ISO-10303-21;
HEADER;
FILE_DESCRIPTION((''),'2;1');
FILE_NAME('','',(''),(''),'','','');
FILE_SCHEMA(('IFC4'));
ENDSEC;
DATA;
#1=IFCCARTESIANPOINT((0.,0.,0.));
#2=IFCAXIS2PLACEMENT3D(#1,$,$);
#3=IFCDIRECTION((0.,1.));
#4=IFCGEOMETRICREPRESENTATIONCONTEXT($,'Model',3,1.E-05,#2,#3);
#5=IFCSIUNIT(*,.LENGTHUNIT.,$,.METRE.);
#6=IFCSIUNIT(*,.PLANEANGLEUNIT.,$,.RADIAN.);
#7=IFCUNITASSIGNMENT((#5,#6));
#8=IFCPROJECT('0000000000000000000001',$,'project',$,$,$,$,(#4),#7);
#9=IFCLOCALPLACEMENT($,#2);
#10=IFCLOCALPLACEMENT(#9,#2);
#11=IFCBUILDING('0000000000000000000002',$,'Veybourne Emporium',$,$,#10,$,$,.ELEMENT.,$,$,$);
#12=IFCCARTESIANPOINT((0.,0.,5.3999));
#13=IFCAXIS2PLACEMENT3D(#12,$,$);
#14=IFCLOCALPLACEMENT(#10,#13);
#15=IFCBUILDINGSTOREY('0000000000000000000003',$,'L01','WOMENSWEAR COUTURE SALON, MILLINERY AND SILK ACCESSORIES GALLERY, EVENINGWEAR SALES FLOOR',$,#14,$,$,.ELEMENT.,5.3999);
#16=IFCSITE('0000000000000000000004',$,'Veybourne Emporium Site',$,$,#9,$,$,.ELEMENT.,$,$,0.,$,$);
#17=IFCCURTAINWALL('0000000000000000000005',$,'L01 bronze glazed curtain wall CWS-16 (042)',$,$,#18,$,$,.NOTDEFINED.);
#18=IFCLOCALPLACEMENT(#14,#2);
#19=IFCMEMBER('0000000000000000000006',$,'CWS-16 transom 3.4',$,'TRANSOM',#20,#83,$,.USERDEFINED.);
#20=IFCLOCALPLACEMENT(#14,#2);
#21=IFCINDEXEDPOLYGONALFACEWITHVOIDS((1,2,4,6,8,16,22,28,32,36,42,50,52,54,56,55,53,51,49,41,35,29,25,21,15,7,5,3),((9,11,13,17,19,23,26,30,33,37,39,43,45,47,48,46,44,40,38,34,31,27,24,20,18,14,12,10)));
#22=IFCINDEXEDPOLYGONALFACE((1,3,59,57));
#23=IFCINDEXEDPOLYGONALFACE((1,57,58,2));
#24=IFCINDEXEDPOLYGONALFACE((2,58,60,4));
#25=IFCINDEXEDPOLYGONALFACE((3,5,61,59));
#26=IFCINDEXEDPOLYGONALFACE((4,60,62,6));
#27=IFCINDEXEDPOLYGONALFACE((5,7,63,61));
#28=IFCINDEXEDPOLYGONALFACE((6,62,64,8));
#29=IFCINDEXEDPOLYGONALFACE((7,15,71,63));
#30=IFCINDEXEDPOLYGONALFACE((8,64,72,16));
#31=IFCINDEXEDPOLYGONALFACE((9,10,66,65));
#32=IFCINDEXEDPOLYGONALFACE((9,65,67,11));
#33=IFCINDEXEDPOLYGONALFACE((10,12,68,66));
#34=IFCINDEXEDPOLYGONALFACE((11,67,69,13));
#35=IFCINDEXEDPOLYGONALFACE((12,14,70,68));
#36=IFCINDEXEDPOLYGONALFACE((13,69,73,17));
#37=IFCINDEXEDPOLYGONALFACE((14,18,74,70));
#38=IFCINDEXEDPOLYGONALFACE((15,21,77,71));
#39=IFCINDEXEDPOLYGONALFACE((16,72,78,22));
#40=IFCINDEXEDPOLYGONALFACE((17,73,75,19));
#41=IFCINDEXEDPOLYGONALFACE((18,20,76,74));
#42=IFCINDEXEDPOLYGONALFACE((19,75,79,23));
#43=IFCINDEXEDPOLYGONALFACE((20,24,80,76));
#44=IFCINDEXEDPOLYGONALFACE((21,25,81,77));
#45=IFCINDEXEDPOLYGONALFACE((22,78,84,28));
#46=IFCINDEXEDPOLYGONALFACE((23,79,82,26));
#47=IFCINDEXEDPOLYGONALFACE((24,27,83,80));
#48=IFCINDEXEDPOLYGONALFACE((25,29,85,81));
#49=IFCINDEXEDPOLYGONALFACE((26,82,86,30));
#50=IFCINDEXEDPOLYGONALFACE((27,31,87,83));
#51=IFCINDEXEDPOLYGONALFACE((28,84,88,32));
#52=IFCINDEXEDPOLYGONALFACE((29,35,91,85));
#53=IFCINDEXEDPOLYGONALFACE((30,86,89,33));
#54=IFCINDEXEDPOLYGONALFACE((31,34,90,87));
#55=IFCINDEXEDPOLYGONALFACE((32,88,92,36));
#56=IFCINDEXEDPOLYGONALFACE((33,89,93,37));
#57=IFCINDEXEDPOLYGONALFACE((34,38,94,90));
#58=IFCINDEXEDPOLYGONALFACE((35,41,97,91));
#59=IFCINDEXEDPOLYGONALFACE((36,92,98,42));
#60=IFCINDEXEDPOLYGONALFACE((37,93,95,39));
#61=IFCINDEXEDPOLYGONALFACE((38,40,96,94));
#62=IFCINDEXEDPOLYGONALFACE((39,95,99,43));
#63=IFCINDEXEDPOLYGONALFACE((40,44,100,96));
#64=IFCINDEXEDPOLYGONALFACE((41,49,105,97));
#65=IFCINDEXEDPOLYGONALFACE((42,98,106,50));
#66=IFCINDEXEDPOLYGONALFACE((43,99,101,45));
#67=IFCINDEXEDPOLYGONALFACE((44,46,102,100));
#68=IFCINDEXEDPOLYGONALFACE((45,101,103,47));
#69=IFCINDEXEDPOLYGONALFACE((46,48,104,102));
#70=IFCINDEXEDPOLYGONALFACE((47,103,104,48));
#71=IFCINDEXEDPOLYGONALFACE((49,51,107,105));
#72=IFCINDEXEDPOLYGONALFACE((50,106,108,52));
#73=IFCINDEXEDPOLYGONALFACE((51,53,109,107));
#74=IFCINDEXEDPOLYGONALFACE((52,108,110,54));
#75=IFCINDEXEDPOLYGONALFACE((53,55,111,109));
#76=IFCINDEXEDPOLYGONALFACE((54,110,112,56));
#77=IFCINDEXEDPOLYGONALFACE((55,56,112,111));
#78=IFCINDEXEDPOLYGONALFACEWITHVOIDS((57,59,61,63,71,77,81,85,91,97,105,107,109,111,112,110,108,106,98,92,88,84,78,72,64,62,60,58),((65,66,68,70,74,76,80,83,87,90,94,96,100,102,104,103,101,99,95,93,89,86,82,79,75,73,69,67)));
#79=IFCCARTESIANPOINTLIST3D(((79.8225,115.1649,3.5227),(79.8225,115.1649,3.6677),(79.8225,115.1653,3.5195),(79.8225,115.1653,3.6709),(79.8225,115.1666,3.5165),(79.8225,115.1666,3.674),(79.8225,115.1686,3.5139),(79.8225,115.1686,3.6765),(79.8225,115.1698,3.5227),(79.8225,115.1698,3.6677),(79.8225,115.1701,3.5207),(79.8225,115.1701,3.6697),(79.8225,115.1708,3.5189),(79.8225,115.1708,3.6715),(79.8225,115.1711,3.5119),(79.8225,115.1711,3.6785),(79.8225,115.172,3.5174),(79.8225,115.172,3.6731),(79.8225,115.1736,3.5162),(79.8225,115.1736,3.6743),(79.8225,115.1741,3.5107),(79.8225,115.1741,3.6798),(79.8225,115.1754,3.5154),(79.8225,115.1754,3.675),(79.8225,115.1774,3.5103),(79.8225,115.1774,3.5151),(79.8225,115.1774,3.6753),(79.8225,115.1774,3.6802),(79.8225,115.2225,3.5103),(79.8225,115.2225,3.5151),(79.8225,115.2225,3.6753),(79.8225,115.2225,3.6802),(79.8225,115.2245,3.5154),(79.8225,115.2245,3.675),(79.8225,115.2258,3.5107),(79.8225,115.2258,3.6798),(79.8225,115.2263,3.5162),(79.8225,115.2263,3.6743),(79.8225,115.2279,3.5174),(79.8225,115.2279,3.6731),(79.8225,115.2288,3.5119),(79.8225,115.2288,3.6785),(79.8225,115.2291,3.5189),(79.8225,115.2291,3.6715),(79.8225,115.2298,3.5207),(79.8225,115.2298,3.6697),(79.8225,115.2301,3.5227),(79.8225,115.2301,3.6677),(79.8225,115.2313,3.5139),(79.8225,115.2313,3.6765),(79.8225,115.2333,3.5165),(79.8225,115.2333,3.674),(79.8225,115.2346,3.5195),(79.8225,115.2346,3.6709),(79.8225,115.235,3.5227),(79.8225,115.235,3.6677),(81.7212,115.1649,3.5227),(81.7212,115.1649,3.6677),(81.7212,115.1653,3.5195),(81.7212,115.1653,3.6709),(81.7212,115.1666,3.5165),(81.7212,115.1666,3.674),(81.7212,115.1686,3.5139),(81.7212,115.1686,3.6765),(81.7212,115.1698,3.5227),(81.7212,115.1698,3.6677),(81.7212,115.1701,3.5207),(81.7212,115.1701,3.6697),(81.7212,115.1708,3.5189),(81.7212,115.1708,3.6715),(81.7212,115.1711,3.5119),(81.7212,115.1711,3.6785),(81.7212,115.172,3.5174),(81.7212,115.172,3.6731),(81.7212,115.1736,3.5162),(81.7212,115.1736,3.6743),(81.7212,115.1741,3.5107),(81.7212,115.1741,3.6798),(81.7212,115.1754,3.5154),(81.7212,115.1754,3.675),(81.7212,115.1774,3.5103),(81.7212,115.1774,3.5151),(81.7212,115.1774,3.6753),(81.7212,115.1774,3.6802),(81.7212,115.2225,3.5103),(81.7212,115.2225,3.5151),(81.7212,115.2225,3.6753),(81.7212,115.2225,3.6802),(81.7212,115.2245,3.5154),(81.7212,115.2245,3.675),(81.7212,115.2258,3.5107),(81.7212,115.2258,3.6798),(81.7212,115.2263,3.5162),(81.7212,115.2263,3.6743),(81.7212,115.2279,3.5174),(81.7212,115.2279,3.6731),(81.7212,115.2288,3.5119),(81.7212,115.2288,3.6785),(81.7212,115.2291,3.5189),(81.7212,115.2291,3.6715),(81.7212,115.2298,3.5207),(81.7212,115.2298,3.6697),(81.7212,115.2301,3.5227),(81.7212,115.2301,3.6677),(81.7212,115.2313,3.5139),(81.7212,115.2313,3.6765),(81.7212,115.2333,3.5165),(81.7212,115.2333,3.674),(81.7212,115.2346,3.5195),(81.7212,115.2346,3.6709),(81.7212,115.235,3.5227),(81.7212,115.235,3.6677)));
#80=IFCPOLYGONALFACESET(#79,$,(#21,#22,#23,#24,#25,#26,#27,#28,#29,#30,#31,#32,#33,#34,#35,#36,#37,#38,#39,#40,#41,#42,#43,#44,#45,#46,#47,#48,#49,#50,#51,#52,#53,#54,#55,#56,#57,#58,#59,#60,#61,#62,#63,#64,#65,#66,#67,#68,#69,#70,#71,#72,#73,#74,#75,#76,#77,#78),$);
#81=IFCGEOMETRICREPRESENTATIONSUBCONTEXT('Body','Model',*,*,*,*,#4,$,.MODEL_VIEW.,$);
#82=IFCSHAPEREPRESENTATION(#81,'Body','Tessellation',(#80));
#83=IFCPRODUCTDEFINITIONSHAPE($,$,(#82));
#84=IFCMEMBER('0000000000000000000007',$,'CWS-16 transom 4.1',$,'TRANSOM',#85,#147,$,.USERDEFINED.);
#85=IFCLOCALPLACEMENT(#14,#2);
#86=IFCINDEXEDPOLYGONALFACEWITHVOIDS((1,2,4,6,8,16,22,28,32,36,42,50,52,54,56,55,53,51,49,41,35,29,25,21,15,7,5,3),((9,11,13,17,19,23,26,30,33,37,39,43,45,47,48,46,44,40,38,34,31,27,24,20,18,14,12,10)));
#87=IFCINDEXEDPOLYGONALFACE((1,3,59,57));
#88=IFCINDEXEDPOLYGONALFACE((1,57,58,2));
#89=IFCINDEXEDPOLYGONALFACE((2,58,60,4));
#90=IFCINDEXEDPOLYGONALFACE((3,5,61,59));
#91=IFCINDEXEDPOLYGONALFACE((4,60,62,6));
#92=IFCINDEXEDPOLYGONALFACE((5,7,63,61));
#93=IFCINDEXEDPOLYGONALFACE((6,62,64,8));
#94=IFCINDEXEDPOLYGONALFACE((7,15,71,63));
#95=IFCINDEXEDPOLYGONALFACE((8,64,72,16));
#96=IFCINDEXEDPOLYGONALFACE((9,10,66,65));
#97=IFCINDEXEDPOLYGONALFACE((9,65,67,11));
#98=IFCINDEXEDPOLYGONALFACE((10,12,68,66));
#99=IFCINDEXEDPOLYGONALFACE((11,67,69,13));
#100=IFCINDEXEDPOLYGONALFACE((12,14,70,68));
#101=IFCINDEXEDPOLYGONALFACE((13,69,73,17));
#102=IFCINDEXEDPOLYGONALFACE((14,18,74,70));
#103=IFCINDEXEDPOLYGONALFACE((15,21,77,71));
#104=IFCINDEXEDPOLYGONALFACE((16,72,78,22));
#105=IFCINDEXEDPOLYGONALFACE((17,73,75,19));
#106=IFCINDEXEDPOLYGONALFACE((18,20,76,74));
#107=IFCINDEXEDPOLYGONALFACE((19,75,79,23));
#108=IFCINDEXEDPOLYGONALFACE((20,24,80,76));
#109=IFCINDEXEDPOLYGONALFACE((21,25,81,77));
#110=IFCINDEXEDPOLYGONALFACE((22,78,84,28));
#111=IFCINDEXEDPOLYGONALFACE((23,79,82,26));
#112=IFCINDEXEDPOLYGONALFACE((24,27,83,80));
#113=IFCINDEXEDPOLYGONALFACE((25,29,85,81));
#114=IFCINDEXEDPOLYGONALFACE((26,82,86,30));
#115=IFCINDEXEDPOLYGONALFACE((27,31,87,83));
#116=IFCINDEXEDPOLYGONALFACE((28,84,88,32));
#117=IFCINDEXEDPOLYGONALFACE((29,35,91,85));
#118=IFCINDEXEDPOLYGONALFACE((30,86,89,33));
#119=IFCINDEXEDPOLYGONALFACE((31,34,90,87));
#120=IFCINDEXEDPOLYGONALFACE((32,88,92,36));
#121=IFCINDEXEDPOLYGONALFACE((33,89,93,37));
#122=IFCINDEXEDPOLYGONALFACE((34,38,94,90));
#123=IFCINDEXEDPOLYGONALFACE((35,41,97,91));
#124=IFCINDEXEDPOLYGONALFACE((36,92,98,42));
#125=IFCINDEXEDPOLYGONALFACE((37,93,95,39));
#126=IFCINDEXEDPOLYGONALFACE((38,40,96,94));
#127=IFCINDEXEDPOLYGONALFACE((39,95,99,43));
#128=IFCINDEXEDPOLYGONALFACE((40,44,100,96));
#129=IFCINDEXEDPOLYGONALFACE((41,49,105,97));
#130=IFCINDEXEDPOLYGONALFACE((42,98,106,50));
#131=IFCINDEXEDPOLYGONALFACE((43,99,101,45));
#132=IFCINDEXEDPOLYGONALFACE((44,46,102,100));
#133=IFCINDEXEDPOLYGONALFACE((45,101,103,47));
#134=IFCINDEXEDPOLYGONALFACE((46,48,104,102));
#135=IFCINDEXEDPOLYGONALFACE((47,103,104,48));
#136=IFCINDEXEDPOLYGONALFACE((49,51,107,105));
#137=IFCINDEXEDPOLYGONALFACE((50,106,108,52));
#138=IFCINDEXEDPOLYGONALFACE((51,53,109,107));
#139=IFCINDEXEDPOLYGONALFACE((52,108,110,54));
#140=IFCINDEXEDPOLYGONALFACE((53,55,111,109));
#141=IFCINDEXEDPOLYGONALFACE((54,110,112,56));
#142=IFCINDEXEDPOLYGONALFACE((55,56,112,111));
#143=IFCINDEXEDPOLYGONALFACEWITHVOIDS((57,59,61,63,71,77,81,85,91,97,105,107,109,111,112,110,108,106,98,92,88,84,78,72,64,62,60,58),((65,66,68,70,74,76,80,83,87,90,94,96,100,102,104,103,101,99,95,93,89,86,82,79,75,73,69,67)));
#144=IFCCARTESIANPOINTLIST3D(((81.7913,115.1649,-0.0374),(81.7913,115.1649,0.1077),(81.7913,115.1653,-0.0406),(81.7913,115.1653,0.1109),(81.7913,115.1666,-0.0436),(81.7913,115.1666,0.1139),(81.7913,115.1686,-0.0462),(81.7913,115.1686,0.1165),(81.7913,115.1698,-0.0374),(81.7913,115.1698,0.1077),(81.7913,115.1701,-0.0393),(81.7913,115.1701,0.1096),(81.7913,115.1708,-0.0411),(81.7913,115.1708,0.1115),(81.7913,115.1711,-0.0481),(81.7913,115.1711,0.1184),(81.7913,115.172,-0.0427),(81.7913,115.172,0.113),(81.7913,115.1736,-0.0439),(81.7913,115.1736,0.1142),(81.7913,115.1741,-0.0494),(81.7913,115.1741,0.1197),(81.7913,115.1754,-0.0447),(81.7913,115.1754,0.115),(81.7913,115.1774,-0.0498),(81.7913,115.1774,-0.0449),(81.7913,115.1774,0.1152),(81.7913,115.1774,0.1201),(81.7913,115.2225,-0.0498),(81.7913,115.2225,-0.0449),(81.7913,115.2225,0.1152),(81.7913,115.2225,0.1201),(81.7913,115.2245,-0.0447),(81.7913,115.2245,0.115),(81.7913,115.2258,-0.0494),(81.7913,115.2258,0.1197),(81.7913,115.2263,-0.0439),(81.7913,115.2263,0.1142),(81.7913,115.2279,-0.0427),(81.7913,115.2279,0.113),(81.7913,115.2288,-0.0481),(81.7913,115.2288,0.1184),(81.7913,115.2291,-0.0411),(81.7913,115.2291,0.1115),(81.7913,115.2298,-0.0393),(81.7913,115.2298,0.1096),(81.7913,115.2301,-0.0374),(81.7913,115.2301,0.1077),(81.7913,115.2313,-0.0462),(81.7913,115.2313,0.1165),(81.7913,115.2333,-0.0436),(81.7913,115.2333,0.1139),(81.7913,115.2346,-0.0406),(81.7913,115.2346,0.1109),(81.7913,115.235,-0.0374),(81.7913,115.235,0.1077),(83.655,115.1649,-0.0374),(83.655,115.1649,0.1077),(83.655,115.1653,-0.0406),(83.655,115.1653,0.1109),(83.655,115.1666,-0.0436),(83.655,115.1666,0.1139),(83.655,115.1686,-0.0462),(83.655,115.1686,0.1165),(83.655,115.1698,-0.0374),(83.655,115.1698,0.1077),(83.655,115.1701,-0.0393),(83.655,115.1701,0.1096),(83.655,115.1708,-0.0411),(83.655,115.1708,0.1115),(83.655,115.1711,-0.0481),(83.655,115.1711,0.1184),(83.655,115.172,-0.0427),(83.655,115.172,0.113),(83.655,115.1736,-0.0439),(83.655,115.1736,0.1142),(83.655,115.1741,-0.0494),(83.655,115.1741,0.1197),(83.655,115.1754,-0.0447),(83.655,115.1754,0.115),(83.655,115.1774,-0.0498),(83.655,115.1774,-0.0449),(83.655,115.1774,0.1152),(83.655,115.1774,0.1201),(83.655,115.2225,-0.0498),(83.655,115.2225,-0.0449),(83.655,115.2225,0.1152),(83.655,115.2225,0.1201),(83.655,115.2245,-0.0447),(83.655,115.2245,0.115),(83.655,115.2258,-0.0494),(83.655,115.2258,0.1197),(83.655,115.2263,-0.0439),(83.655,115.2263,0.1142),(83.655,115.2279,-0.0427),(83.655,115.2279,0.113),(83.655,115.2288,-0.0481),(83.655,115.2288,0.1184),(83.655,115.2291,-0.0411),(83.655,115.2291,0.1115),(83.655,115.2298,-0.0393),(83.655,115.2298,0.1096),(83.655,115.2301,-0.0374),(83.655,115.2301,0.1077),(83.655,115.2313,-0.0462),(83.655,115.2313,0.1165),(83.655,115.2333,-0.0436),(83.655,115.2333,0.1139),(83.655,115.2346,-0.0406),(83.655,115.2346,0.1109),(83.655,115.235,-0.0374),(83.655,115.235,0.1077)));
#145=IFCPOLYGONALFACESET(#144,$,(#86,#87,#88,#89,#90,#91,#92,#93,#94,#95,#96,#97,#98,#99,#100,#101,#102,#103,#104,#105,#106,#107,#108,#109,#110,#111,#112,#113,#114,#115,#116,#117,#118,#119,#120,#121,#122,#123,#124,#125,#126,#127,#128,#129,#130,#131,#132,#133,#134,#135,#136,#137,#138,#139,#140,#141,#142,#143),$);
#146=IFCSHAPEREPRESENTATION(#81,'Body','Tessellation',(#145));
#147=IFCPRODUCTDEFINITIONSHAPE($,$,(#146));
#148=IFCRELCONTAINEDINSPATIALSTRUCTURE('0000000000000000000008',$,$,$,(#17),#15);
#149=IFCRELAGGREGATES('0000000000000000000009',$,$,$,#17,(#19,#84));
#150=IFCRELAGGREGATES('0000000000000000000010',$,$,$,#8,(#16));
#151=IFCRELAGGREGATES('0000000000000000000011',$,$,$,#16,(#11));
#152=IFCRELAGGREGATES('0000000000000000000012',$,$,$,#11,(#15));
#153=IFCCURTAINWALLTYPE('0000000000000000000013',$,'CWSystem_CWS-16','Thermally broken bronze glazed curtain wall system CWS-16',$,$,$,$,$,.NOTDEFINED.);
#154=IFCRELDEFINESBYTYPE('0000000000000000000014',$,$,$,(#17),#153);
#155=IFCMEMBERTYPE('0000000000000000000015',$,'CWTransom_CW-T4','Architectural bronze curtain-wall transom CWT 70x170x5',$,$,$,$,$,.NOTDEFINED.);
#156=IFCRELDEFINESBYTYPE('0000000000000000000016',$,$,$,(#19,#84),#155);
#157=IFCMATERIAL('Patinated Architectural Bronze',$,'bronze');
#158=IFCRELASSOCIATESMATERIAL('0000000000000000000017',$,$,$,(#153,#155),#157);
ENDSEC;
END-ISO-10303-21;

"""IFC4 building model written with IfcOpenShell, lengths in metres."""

from ifc_helpers import new_model, si_unit, direction, frame, origin, origin_2d, place, context, subcontext, project, spatial, hollow_rectangle, extrude, material, material_profile, profile_set, type_object, element, aggregate, save


model = new_model("IFC4")

# Units and contexts
model_context = context("Model", 3, precision=1e-05, world=origin(), true_north=direction((0.0, 1.0)))
body_context = subcontext(model_context, "Body", "Model", "MODEL_VIEW")
ifc_project = project(units=[si_unit("LENGTHUNIT", "METRE"), si_unit("PLANEANGLEUNIT", "RADIAN")], contexts=[model_context])

# Site, building, storey
site_placement = place(None, origin())
site = spatial("IfcSite", under=ifc_project, at=site_placement, Name="Veybourne Emporium Site", CompositionType="ELEMENT", RefElevation=0.0)
building_placement = place(site_placement, origin())
building = spatial("IfcBuilding", under=site, at=building_placement, Name="Veybourne Emporium", CompositionType="ELEMENT")
storey_placement = place(building_placement, frame((0.0, 0.0, 5.3999)))
storey = spatial("IfcBuildingStorey", under=building, at=storey_placement, Name="L01", Description="WOMENSWEAR COUTURE SALON, MILLINERY AND SILK ACCESSORIES GALLERY, EVENINGWEAR SALES FLOOR", CompositionType="ELEMENT", Elevation=5.3999)

# Curtain wall, members
ifc_material_1 = material(Name="Patinated Architectural Bronze", Category="bronze")
curtain_wall_type = type_object("IfcCurtainWallType", Name="CWSystem_CWS-16", Description="Thermally broken bronze glazed curtain wall system CWS-16", PredefinedType="NOTDEFINED", material=ifc_material_1)
curtain_wall_placement = place(storey_placement, origin())
curtain_wall = element("IfcCurtainWall", 1, at=curtain_wall_placement, inside=storey, type_object=curtain_wall_type, Name="L01 bronze glazed curtain wall CWS-16 (042)", PredefinedType="NOTDEFINED")
ifc_material_profile_1 = material_profile(ifc_material_1, hollow_rectangle(XDim=0.0701, YDim=0.1699, WallThickness=0.0049, InnerFilletRadius=0.0076, OuterFilletRadius=0.0125, at=origin_2d()), Name="CWT 70x170x5")
ifc_profile_set_1 = profile_set([ifc_material_profile_1], Name="Patinated Architectural Bronze")
member_type_1 = type_object("IfcMemberType", Name="CWTransom_CW-T4", Description="Architectural bronze curtain-wall transom CWT 70x170x5", PredefinedType="NOTDEFINED", material=ifc_profile_set_1)
member_1_placement = place(storey_placement, frame((79.8225, 115.2, 3.5952), z_axis=(1.0, 0.0, 0.0), x_axis=(0.0, 1.0, 0.0)))
member_1 = element("IfcMember", 2, at=member_1_placement, type_object=member_type_1, Name="CWS-16 transom 3.4", ObjectType="TRANSOM", PredefinedType="USERDEFINED", context=body_context, shape_type="SweptSolid", body=[
    extrude(hollow_rectangle(XDim=0.0701, YDim=0.1699, WallThickness=0.0049, InnerFilletRadius=0.0076, OuterFilletRadius=0.0125, at=origin_2d()), origin(), (0.0, 0.0, 1.0), 1.8987),
])
member_2_placement = place(storey_placement, frame((81.7913, 115.2, 0.0352), z_axis=(1.0, 0.0, 0.0), x_axis=(0.0, 1.0, 0.0)))
member_2 = element("IfcMember", 3, at=member_2_placement, type_object=member_type_1, Name="CWS-16 transom 4.1", ObjectType="TRANSOM", PredefinedType="USERDEFINED", context=body_context, shape_type="SweptSolid", body=[
    extrude(hollow_rectangle(XDim=0.0701, YDim=0.1699, WallThickness=0.0049, InnerFilletRadius=0.0076, OuterFilletRadius=0.0125, at=origin_2d()), origin(), (0.0, 0.0, 1.0), 1.8638),
])

aggregate(curtain_wall, [member_1, member_2])

save(model, "model.ifc")
